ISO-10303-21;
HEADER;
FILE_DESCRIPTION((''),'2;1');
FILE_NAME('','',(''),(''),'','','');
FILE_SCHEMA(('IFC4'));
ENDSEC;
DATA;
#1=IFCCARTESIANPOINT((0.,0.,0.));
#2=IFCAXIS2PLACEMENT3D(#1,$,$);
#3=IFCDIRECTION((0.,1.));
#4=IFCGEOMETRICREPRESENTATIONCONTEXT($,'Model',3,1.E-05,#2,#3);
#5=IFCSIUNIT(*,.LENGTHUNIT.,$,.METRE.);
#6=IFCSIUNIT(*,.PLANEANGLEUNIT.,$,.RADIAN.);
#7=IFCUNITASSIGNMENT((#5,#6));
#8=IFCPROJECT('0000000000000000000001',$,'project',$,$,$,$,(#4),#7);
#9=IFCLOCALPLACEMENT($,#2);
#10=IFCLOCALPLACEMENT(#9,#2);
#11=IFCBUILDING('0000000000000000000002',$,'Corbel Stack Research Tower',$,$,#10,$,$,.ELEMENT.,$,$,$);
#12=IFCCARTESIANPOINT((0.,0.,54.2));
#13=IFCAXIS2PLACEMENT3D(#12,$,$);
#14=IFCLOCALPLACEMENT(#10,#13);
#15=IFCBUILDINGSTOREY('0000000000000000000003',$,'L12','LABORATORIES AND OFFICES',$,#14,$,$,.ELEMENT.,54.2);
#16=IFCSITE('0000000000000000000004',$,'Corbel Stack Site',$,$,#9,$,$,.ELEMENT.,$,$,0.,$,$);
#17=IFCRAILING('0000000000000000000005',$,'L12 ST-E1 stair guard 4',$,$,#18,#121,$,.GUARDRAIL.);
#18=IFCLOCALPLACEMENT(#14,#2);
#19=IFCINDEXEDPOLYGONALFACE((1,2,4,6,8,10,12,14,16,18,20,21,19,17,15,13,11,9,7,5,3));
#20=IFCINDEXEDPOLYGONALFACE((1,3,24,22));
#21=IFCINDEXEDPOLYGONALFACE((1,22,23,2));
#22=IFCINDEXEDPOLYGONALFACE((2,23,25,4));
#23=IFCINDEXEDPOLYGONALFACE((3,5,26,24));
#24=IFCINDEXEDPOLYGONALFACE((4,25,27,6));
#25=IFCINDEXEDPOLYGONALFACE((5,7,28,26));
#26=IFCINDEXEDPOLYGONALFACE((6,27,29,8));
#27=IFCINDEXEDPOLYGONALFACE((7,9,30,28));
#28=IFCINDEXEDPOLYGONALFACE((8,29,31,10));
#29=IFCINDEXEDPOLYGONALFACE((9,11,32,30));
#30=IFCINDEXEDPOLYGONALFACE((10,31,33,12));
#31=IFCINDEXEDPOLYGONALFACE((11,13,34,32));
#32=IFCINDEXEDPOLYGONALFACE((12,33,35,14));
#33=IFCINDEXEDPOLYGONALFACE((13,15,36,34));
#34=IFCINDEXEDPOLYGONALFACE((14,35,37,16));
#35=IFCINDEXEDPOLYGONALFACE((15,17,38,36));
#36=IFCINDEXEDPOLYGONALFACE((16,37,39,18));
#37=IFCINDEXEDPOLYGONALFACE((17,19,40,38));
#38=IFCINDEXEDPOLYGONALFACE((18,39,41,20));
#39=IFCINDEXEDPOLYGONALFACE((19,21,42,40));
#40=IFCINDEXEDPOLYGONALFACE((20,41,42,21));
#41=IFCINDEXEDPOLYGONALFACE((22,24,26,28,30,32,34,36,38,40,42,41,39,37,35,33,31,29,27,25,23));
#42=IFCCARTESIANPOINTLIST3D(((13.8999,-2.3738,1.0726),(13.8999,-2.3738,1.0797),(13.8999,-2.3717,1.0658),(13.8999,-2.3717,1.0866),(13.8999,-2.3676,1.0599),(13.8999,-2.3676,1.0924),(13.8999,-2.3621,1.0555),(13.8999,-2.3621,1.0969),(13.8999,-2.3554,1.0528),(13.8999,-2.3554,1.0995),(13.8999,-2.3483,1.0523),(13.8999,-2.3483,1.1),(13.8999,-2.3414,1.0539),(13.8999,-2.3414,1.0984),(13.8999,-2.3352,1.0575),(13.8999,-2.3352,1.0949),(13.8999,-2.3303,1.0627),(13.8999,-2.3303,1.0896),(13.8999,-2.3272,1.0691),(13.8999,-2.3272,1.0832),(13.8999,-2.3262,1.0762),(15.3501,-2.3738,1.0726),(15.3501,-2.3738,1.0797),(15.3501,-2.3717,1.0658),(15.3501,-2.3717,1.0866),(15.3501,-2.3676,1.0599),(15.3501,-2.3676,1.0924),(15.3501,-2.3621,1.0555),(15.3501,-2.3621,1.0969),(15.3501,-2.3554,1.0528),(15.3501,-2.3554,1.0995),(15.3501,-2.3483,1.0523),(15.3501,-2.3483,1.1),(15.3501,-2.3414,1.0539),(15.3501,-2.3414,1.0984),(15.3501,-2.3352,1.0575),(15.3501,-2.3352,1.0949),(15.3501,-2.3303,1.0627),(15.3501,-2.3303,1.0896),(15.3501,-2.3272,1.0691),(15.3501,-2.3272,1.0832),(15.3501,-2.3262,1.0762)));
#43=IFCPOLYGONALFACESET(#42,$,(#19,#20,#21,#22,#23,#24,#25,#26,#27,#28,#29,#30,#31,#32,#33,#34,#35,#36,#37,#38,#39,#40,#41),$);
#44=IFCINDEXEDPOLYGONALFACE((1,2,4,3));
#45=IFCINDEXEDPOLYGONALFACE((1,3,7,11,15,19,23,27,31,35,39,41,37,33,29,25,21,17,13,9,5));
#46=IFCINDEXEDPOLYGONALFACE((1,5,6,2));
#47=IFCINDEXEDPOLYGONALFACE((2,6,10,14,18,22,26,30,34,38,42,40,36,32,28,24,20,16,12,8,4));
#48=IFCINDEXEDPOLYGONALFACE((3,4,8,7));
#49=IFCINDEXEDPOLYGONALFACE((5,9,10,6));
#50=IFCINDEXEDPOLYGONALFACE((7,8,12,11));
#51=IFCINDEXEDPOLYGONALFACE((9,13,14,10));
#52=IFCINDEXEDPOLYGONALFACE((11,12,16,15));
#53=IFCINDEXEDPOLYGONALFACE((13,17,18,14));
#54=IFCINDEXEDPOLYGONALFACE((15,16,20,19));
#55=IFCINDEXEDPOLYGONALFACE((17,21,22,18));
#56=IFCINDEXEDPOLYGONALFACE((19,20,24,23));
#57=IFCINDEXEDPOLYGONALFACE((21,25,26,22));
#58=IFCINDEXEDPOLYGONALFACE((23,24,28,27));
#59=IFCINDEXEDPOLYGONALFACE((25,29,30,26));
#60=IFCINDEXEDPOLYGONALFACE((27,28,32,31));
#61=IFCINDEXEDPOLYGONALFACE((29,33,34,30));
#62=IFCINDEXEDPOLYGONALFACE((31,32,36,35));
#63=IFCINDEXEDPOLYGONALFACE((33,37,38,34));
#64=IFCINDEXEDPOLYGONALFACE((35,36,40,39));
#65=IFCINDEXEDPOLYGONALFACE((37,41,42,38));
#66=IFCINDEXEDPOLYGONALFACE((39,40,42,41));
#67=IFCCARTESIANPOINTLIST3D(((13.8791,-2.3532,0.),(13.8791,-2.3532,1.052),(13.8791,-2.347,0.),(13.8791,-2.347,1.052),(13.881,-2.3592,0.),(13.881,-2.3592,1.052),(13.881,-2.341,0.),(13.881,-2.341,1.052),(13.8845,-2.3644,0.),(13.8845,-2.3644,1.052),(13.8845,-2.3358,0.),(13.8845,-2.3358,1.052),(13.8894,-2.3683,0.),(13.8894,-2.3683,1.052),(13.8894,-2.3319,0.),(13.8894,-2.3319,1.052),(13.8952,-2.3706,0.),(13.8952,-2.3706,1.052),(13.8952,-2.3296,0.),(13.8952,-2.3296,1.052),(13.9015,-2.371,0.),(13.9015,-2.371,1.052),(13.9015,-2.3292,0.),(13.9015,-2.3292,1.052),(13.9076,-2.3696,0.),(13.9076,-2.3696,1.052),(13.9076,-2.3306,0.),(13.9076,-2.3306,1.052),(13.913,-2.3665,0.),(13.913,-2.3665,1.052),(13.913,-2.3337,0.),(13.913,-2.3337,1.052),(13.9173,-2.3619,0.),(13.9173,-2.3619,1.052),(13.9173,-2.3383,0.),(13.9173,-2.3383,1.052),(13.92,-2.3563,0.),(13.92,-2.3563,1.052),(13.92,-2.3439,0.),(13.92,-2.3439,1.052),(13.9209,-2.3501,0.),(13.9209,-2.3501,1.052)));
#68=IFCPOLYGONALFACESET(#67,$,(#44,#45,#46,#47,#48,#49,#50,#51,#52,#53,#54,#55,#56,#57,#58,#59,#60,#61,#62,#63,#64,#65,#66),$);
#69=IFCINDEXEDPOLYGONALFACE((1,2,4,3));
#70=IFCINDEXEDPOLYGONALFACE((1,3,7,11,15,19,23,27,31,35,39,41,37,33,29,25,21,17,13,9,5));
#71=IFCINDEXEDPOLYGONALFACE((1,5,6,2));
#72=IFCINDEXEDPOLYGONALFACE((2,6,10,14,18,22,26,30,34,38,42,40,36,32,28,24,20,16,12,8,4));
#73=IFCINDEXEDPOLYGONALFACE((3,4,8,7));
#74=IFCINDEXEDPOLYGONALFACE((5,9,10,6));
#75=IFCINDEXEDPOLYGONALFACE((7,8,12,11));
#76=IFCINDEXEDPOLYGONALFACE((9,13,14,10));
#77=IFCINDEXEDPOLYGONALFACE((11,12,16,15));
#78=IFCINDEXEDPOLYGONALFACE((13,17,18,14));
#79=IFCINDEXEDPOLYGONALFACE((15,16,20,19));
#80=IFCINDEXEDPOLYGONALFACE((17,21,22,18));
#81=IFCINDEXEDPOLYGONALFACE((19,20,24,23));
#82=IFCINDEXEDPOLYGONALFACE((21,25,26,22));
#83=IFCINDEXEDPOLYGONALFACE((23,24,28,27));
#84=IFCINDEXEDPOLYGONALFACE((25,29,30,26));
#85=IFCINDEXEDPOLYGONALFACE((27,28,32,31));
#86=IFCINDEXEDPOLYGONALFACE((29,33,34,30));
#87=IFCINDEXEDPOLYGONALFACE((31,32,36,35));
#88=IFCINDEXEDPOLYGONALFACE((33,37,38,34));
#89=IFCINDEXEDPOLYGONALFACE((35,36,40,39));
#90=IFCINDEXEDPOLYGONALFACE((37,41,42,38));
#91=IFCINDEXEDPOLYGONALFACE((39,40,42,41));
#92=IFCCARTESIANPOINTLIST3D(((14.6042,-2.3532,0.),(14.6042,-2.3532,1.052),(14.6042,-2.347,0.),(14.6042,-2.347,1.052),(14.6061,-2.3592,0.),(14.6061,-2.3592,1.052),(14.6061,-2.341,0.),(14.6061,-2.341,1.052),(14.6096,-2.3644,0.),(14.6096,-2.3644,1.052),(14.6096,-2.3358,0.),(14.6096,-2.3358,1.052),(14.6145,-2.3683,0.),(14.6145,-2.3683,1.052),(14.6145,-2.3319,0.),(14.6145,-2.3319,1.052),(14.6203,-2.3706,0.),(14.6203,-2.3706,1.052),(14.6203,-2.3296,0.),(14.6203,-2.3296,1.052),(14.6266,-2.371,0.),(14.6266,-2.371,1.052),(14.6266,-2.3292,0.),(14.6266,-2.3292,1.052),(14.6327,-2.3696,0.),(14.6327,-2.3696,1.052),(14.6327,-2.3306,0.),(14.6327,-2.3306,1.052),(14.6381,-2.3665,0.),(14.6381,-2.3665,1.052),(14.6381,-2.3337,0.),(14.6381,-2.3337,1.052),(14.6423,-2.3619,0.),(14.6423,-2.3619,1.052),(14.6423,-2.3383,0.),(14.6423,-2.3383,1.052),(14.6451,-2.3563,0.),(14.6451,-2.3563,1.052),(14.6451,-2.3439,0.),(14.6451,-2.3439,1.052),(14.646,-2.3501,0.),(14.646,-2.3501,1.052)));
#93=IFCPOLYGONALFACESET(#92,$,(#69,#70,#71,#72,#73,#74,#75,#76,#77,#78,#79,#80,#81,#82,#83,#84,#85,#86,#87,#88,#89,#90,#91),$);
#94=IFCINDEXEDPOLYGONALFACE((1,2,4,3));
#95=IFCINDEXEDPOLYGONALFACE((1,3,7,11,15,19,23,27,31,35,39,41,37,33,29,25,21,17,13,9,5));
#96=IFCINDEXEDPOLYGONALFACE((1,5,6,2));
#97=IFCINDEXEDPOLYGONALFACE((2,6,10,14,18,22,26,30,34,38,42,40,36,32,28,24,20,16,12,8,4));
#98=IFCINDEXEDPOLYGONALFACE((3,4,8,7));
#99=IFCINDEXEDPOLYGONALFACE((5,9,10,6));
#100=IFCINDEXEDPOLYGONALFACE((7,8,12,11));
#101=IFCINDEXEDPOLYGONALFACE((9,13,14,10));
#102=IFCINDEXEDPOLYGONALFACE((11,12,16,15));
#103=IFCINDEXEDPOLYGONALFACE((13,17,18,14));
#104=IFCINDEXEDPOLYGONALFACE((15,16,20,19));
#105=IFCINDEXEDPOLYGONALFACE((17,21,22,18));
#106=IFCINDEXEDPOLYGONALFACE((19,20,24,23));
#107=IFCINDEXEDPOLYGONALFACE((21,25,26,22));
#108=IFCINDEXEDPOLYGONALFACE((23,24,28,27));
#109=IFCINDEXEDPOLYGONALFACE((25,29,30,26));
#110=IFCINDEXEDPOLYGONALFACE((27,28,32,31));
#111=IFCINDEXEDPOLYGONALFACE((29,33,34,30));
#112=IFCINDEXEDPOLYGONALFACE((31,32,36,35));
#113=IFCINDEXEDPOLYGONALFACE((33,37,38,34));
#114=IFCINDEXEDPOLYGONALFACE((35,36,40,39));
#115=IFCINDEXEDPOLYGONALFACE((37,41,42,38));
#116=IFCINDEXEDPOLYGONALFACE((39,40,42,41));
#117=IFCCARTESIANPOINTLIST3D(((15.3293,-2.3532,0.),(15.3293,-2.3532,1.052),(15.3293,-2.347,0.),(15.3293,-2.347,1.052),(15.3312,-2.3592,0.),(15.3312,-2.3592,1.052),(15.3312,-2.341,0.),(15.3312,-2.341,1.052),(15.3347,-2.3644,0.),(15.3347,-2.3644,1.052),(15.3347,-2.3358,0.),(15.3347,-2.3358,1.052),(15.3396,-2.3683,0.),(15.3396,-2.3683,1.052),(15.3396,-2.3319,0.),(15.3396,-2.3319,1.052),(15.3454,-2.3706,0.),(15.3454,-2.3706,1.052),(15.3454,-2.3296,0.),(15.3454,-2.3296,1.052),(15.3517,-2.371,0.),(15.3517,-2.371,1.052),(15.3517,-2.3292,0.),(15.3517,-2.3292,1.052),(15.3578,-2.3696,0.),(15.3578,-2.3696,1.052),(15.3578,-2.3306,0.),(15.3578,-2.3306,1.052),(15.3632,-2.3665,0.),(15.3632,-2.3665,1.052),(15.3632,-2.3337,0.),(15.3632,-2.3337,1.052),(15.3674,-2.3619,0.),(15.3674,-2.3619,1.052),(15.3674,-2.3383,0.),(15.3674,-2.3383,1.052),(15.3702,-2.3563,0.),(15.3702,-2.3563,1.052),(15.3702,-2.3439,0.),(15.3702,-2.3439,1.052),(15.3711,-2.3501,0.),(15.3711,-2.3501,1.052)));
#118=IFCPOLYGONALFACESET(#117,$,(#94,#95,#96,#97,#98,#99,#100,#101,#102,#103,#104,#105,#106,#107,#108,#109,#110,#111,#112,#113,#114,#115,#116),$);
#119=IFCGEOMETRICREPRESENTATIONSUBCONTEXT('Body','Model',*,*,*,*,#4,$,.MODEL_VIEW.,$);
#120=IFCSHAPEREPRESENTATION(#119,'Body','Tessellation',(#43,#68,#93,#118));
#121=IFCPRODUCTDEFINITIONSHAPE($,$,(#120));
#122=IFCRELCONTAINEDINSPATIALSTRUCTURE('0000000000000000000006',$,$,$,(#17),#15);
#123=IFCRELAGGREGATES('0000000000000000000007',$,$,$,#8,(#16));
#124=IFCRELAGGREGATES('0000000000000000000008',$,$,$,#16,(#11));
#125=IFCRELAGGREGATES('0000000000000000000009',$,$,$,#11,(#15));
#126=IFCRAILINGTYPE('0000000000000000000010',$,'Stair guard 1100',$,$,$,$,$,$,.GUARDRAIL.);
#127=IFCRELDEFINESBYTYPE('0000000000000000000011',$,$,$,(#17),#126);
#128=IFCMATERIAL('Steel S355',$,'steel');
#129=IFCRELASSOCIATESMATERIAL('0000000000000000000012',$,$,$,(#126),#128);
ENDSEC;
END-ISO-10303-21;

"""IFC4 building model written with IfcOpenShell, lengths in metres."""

from ifc_helpers import new_model, si_unit, direction, frame, origin, origin_2d, place, context, subcontext, project, spatial, circle, extrude, material, type_object, element, save


model = new_model("IFC4")

# Units and contexts
model_context = context("Model", 3, precision=1e-05, world=origin(), true_north=direction((0.0, 1.0)))
body_context = subcontext(model_context, "Body", "Model", "MODEL_VIEW")
ifc_project = project(units=[si_unit("LENGTHUNIT", "METRE"), si_unit("PLANEANGLEUNIT", "RADIAN")], contexts=[model_context])

# Site, building, storey
site_placement = place(None, origin())
site = spatial("IfcSite", under=ifc_project, at=site_placement, Name="Corbel Stack Site", CompositionType="ELEMENT", RefElevation=0.0)
building_placement = place(site_placement, origin())
building = spatial("IfcBuilding", under=site, at=building_placement, Name="Corbel Stack Research Tower", CompositionType="ELEMENT")
storey_placement = place(building_placement, frame((0.0, 0.0, 54.2)))
storey = spatial("IfcBuildingStorey", under=building, at=storey_placement, Name="L12", Description="LABORATORIES AND OFFICES", CompositionType="ELEMENT", Elevation=54.2)

# Railing
ifc_material_1 = material(Name="Steel S355", Category="steel")
railing_type_1 = type_object("IfcRailingType", Name="Stair guard 1100", PredefinedType="GUARDRAIL", material=ifc_material_1)
railing_1_placement = place(storey_placement, frame((13.8999, -2.3501, 0.0)))
element("IfcRailing", 1, at=railing_1_placement, inside=storey, type_object=railing_type_1, Name="L12 ST-E1 stair guard 4", PredefinedType="GUARDRAIL", context=body_context, shape_type="SweptSolid", body=[
    extrude(circle(Radius=0.0239, at=origin_2d()), frame((0.0, 0.0, 1.0762), z_axis=(1.0, 0.0, 0.0), x_axis=(0.0, 1.0, 0.0)), (0.0, 0.0, 1.0), 1.4502),
    extrude(circle(Radius=0.021, at=origin_2d()), origin(), (0.0, 0.0, 1.0), 1.052),
    extrude(circle(Radius=0.021, at=origin_2d()), frame((0.7251, 0.0, 0.0)), (0.0, 0.0, 1.0), 1.052),
    extrude(circle(Radius=0.021, at=origin_2d()), frame((1.4502, 0.0, 0.0)), (0.0, 0.0, 1.0), 1.052),
])

save(model, "model.ifc")
